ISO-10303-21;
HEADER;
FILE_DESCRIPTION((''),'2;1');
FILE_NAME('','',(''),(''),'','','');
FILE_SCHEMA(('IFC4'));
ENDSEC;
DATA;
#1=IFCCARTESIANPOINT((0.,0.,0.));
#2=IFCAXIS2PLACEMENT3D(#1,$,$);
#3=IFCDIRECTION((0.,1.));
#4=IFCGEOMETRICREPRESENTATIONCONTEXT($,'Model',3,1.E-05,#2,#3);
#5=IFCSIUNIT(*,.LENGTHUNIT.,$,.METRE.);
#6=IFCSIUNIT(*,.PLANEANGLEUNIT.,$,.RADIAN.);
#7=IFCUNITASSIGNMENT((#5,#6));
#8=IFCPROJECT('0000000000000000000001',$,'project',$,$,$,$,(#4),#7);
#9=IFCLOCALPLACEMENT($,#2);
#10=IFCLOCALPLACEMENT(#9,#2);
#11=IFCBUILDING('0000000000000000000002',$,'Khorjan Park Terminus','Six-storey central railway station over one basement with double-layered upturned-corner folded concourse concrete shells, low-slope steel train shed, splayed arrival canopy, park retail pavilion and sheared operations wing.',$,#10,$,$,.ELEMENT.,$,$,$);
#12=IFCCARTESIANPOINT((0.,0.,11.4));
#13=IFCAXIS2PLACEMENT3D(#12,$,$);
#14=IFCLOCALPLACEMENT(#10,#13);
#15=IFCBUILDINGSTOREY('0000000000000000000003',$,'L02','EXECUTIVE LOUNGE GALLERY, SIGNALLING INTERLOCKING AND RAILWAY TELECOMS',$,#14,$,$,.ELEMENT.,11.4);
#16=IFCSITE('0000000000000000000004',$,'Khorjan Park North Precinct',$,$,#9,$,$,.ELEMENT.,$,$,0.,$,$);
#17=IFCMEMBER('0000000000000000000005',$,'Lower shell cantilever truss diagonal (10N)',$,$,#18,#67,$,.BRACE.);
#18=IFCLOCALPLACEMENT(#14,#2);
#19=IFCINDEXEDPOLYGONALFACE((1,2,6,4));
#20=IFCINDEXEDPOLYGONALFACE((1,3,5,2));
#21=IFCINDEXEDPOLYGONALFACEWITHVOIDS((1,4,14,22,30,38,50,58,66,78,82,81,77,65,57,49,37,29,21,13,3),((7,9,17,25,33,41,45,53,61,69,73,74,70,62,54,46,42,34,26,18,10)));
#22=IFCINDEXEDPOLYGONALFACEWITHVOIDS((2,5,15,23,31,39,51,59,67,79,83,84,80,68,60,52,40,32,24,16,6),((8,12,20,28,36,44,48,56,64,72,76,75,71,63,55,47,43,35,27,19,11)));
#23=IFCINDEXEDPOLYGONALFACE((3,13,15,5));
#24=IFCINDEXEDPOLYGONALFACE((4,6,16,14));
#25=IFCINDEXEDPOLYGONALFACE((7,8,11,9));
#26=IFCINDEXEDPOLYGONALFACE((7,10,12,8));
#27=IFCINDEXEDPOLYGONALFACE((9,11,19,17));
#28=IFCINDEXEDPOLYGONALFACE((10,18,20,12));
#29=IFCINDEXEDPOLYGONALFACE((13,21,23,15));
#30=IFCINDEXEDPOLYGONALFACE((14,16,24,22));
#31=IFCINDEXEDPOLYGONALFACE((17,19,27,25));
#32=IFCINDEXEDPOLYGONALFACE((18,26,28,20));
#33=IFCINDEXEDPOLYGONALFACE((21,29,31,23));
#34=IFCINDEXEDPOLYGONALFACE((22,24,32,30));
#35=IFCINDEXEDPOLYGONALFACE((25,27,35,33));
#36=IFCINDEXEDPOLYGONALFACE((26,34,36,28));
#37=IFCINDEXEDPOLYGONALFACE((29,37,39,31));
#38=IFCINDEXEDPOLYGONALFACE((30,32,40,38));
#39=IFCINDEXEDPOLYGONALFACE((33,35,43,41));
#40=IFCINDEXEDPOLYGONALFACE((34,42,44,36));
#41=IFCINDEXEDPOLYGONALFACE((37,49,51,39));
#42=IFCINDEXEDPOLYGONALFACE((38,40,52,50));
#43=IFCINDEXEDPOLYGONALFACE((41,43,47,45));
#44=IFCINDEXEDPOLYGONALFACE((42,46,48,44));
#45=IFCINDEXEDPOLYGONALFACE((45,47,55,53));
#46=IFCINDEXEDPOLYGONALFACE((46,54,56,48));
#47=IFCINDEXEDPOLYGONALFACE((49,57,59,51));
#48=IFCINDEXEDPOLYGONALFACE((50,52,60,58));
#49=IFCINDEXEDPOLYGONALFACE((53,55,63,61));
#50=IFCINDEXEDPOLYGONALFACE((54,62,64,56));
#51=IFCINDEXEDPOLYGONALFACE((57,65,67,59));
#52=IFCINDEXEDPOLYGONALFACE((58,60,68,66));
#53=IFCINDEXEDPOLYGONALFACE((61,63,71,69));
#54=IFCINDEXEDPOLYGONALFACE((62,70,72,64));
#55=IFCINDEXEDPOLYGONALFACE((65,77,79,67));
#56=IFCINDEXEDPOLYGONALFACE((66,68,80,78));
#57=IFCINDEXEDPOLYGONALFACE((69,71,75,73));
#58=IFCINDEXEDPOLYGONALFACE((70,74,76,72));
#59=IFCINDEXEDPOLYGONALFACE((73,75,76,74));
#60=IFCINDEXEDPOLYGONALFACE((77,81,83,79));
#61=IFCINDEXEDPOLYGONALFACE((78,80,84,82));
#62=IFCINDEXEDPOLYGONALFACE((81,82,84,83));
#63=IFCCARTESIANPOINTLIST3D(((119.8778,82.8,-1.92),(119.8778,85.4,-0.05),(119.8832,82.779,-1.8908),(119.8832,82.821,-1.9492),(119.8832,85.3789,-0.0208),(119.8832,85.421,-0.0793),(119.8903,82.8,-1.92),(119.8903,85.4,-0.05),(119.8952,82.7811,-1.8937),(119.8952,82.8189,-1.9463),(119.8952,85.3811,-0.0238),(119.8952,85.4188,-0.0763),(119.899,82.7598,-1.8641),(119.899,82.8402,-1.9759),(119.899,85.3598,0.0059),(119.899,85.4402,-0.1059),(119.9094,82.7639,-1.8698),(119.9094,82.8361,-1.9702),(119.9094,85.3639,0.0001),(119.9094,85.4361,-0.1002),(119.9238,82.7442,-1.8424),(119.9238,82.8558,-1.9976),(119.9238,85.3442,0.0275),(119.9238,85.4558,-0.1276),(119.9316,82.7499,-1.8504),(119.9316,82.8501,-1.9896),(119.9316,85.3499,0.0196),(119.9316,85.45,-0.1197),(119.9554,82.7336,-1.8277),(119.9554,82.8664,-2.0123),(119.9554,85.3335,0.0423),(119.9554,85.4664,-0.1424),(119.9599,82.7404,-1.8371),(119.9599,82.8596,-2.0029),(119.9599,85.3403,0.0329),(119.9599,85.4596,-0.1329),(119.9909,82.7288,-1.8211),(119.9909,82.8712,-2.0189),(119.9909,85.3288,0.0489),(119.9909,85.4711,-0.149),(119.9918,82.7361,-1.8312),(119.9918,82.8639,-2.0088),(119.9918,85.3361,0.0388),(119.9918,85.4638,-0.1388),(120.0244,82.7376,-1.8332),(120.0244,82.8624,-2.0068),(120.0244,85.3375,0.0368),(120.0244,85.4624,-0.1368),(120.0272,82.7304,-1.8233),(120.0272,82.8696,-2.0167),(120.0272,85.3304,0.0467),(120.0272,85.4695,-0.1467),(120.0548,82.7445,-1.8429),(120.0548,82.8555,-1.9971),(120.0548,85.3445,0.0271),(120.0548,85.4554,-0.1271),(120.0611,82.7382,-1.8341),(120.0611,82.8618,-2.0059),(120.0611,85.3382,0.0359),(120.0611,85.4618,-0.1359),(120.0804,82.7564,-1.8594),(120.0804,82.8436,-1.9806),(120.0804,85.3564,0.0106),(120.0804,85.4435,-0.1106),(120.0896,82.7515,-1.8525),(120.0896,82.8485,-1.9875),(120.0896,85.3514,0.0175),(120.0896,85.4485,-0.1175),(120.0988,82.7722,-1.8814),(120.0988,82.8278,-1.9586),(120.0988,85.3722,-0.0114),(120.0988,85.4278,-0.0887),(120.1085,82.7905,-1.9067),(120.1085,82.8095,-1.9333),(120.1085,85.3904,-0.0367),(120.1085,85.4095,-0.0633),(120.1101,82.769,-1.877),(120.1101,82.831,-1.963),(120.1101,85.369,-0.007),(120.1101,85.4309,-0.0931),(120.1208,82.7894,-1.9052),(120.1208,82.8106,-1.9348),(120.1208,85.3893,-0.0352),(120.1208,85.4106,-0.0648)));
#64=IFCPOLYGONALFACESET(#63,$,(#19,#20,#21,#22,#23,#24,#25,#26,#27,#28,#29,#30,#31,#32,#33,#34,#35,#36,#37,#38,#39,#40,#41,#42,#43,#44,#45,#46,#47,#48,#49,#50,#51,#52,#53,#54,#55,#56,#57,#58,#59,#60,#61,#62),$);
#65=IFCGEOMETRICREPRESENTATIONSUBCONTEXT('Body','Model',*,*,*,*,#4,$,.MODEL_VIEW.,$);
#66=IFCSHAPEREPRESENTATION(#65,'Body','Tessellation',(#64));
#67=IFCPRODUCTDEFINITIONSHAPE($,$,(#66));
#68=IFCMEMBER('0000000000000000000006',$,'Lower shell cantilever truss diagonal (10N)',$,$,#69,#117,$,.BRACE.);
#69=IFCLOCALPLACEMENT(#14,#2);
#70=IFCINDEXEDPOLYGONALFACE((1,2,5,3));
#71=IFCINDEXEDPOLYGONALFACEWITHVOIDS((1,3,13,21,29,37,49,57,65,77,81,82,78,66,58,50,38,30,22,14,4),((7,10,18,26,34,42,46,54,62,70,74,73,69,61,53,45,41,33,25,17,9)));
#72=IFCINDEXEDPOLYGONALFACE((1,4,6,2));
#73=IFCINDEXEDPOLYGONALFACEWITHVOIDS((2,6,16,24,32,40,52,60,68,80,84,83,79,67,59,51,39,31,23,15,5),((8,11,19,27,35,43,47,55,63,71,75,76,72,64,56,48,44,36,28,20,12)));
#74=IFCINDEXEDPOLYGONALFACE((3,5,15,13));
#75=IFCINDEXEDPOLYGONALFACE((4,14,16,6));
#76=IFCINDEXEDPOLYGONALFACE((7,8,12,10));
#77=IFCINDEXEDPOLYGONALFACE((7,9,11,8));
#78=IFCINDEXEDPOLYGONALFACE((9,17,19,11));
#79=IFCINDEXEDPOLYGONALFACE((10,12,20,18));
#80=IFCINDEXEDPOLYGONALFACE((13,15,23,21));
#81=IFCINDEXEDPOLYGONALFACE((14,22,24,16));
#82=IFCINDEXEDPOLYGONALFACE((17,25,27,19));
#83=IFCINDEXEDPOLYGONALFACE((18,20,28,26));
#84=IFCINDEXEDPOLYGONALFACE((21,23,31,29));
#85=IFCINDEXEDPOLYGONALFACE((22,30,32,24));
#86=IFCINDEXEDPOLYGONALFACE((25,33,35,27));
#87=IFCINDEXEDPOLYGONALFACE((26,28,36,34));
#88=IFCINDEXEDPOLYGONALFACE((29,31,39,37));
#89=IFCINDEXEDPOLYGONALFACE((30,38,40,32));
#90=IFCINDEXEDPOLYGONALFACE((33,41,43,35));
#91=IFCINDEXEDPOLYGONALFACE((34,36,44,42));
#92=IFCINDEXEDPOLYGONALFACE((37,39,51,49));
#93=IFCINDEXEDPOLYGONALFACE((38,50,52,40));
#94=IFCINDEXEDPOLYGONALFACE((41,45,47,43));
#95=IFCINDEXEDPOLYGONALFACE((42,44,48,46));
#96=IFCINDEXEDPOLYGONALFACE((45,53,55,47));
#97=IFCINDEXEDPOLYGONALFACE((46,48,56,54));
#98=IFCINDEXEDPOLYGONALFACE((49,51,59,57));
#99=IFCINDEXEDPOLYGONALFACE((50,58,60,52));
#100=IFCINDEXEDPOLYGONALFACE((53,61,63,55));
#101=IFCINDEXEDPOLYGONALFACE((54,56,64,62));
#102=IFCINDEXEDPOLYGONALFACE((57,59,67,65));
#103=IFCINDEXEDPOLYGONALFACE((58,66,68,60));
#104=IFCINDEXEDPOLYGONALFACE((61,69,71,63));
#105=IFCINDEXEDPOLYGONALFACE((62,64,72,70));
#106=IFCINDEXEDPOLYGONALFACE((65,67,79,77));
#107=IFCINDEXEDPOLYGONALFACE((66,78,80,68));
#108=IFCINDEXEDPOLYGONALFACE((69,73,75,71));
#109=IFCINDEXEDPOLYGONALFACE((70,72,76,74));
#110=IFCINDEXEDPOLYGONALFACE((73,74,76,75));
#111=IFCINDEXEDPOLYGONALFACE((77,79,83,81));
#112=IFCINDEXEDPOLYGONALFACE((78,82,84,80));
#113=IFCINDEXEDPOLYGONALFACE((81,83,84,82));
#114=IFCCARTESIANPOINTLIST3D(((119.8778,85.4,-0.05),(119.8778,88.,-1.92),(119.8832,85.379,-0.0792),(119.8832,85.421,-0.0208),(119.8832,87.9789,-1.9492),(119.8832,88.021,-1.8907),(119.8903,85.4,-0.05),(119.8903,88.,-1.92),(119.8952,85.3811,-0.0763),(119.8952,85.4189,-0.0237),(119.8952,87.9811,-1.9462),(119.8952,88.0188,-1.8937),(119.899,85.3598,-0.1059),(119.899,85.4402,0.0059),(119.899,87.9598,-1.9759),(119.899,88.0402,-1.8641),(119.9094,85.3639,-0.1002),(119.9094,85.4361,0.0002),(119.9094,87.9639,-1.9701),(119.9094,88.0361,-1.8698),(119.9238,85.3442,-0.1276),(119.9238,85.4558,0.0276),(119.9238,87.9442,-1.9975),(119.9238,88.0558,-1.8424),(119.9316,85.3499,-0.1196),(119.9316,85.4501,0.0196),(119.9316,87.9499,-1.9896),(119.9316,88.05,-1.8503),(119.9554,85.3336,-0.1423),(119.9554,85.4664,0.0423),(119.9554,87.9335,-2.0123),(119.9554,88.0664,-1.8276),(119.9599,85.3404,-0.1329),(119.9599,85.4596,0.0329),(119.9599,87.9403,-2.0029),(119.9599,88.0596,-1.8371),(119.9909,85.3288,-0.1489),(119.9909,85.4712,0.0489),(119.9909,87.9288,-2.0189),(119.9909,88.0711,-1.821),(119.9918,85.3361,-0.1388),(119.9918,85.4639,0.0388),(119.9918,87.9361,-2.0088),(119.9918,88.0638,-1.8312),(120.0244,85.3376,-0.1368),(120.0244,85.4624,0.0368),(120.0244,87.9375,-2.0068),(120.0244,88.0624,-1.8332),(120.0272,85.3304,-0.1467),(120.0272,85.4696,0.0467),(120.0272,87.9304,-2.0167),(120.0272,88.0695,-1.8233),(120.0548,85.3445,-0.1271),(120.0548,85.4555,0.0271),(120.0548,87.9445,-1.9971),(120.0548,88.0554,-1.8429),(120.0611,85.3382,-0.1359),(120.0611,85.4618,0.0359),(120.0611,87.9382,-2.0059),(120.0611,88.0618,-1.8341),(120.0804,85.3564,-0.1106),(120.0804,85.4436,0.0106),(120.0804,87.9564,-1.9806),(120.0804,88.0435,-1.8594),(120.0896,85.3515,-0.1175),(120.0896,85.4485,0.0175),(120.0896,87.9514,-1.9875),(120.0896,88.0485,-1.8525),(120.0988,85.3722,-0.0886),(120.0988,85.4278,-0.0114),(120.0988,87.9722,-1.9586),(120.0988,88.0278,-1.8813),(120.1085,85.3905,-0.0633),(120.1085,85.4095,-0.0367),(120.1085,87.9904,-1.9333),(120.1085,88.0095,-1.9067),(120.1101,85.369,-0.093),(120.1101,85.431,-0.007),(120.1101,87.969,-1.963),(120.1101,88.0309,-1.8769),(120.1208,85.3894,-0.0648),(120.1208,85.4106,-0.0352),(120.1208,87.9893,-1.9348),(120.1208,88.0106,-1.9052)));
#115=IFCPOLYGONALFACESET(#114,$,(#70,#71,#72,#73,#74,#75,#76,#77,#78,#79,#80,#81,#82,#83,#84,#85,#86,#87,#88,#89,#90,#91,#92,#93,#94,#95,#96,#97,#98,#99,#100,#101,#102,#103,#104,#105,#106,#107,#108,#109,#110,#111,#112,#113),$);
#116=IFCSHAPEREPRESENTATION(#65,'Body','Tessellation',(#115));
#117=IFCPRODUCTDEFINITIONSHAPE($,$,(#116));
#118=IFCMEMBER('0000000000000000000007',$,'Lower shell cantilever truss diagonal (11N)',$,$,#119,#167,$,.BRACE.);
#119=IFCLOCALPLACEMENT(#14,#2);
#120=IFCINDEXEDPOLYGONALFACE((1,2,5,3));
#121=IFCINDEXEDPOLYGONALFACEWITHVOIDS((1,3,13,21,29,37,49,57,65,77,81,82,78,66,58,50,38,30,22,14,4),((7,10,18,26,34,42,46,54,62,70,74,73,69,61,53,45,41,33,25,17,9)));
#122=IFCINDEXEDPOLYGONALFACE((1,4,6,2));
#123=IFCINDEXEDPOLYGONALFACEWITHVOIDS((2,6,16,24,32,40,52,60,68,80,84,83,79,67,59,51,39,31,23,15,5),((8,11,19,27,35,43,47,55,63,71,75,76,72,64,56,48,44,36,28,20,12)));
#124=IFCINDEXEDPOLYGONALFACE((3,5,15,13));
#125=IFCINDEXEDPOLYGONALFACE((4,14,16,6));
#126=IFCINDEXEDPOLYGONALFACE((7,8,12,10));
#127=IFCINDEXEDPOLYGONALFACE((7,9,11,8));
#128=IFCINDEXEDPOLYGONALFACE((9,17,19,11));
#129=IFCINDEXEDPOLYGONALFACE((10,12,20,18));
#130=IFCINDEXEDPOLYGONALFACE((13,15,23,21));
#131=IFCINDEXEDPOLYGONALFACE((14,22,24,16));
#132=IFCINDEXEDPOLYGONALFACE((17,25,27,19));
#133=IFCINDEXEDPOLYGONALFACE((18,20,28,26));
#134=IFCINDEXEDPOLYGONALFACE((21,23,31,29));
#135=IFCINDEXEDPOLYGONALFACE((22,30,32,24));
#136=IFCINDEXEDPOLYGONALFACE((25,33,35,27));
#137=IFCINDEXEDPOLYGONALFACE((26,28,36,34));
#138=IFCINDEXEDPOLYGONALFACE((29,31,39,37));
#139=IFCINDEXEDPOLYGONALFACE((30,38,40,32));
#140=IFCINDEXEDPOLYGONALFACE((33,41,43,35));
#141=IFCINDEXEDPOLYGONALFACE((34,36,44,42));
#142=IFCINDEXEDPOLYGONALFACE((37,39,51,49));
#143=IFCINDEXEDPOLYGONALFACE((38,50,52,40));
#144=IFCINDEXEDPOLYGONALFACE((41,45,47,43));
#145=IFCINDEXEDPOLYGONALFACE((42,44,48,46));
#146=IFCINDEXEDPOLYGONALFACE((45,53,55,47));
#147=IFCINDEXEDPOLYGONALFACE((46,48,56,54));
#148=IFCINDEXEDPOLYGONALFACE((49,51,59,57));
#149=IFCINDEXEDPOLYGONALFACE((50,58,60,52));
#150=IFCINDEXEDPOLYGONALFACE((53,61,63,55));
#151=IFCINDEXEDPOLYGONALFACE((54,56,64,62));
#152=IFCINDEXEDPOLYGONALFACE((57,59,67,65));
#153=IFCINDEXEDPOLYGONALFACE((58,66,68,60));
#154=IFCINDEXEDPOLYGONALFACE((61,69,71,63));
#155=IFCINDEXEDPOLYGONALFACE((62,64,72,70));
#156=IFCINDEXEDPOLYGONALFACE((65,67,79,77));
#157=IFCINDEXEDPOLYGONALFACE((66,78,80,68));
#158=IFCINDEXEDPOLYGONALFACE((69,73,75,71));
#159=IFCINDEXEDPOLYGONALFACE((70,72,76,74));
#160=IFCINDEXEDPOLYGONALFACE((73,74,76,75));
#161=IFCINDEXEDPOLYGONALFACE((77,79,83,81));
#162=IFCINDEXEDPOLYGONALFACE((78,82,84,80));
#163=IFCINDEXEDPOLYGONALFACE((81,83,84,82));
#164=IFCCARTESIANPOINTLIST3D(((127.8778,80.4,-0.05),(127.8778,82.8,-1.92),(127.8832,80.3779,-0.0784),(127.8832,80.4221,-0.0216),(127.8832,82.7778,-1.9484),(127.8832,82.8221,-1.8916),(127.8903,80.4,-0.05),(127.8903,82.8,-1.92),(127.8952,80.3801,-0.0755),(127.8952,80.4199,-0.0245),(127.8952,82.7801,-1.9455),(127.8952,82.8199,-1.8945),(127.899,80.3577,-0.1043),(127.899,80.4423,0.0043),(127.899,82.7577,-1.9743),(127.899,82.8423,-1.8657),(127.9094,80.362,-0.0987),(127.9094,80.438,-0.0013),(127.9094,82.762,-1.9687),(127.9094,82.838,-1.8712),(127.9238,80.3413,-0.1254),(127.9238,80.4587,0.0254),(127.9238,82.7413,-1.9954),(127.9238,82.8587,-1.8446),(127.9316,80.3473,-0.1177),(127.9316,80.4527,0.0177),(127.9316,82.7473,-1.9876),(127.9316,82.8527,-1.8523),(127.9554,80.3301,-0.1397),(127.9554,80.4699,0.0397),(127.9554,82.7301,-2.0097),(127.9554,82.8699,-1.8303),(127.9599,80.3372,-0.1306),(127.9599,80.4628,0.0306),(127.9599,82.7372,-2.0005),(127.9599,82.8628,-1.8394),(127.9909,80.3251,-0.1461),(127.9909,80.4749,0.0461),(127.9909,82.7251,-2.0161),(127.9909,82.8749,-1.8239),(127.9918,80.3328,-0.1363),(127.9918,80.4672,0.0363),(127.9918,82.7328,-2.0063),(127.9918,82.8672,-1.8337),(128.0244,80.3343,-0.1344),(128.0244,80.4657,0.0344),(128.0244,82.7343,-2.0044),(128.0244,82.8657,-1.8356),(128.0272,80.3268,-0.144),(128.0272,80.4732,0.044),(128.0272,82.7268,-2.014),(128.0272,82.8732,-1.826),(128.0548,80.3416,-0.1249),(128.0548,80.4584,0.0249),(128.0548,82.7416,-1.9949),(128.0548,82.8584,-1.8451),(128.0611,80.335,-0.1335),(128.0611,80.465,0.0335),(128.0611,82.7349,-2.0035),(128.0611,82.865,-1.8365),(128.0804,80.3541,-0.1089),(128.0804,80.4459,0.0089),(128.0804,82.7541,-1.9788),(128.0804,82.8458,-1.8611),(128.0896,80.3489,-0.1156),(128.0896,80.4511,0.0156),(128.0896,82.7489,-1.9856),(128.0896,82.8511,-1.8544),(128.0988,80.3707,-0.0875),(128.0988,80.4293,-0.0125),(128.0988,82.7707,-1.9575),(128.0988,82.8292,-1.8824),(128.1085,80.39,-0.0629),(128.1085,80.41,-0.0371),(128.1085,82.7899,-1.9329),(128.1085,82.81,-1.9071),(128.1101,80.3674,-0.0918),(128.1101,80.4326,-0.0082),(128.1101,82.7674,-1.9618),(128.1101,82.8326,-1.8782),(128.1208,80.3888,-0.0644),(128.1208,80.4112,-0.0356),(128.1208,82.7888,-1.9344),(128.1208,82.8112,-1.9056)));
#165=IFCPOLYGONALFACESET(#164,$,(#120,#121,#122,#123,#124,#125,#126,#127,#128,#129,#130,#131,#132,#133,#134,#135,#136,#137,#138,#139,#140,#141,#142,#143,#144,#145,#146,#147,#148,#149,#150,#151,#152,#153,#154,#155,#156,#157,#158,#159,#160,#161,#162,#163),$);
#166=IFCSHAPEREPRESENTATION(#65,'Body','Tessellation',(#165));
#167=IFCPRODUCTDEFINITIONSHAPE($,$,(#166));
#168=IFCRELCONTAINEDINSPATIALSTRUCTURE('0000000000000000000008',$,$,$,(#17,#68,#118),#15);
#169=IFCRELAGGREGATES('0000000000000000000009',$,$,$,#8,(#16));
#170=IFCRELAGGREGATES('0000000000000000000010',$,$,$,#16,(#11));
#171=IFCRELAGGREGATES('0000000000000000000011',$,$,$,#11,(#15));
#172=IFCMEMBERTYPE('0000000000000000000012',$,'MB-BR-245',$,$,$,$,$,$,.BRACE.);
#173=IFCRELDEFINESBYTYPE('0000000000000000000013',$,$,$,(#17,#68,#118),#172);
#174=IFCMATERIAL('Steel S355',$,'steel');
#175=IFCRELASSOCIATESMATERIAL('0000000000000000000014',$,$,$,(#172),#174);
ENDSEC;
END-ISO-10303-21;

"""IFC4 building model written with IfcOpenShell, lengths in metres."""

from ifc_helpers import new_model, si_unit, direction, frame, origin, origin_2d, place, context, subcontext, project, spatial, hollow_circle, extrude, material, material_profile, profile_set, type_object, element, save


model = new_model("IFC4")

# Units and contexts
model_context = context("Model", 3, precision=1e-05, world=origin(), true_north=direction((0.0, 1.0)))
body_context = subcontext(model_context, "Body", "Model", "MODEL_VIEW")
ifc_project = project(units=[si_unit("LENGTHUNIT", "METRE"), si_unit("PLANEANGLEUNIT", "RADIAN")], contexts=[model_context])

# Site, building, storey
site_placement = place(None, origin())
site = spatial("IfcSite", under=ifc_project, at=site_placement, Name="Khorjan Park North Precinct", CompositionType="ELEMENT", RefElevation=0.0)
building_placement = place(site_placement, origin())
building = spatial("IfcBuilding", under=site, at=building_placement, Name="Khorjan Park Terminus", Description="Six-storey central railway station over one basement with double-layered upturned-corner folded concourse concrete shells, low-slope steel train shed, splayed arrival canopy, park retail pavilion and sheared operations wing.", CompositionType="ELEMENT")
storey_placement = place(building_placement, frame((0.0, 0.0, 11.4)))
storey = spatial("IfcBuildingStorey", under=building, at=storey_placement, Name="L02", Description="EXECUTIVE LOUNGE GALLERY, SIGNALLING INTERLOCKING AND RAILWAY TELECOMS", CompositionType="ELEMENT", Elevation=11.4)

# Members
ifc_material_1 = material(Name="Steel S355", Category="steel")
ifc_material_profile_1 = material_profile(ifc_material_1, hollow_circle(Radius=0.1222, WallThickness=0.0125, at=origin_2d()), Name="CHS 244.5x12.5")
ifc_profile_set_1 = profile_set([ifc_material_profile_1], Name="Steel S355")
member_type_1 = type_object("IfcMemberType", Name="MB-BR-245", PredefinedType="BRACE", material=ifc_profile_set_1)
for number, where, z_axis, x_axis, name in (
    (1, (120.0, 82.8, -1.92), (0.0, 0.81183, 0.583893), (-1.0, 0.0, 0.0), "Lower shell cantilever truss diagonal (10N)"),
    (2, (120.0, 85.4, -0.05), (0.0, 0.81183, -0.583893), (-1.0, 0.0, 0.0), "Lower shell cantilever truss diagonal (10N)"),
):
    element("IfcMember", number, at=place(storey_placement, frame(where, z_axis=z_axis, x_axis=x_axis)), inside=storey, type_object=member_type_1, Name=name, PredefinedType="BRACE", context=body_context, shape_type="SweptSolid", body=[
        extrude(hollow_circle(Radius=0.1222, WallThickness=0.0125, at=origin_2d()), origin(), (0.0, 0.0, 1.0), 3.2026),
    ])
member_1_placement = place(storey_placement, frame((128.0, 80.4, -0.05), z_axis=(0.0, 0.788821, -0.614623), x_axis=(-1.0, 0.0, 0.0)))
element("IfcMember", 3, at=member_1_placement, inside=storey, type_object=member_type_1, Name="Lower shell cantilever truss diagonal (11N)", PredefinedType="BRACE", context=body_context, shape_type="SweptSolid", body=[
    extrude(hollow_circle(Radius=0.1222, WallThickness=0.0125, at=origin_2d()), origin(), (0.0, 0.0, 1.0), 3.0425),
])

save(model, "model.ifc")
